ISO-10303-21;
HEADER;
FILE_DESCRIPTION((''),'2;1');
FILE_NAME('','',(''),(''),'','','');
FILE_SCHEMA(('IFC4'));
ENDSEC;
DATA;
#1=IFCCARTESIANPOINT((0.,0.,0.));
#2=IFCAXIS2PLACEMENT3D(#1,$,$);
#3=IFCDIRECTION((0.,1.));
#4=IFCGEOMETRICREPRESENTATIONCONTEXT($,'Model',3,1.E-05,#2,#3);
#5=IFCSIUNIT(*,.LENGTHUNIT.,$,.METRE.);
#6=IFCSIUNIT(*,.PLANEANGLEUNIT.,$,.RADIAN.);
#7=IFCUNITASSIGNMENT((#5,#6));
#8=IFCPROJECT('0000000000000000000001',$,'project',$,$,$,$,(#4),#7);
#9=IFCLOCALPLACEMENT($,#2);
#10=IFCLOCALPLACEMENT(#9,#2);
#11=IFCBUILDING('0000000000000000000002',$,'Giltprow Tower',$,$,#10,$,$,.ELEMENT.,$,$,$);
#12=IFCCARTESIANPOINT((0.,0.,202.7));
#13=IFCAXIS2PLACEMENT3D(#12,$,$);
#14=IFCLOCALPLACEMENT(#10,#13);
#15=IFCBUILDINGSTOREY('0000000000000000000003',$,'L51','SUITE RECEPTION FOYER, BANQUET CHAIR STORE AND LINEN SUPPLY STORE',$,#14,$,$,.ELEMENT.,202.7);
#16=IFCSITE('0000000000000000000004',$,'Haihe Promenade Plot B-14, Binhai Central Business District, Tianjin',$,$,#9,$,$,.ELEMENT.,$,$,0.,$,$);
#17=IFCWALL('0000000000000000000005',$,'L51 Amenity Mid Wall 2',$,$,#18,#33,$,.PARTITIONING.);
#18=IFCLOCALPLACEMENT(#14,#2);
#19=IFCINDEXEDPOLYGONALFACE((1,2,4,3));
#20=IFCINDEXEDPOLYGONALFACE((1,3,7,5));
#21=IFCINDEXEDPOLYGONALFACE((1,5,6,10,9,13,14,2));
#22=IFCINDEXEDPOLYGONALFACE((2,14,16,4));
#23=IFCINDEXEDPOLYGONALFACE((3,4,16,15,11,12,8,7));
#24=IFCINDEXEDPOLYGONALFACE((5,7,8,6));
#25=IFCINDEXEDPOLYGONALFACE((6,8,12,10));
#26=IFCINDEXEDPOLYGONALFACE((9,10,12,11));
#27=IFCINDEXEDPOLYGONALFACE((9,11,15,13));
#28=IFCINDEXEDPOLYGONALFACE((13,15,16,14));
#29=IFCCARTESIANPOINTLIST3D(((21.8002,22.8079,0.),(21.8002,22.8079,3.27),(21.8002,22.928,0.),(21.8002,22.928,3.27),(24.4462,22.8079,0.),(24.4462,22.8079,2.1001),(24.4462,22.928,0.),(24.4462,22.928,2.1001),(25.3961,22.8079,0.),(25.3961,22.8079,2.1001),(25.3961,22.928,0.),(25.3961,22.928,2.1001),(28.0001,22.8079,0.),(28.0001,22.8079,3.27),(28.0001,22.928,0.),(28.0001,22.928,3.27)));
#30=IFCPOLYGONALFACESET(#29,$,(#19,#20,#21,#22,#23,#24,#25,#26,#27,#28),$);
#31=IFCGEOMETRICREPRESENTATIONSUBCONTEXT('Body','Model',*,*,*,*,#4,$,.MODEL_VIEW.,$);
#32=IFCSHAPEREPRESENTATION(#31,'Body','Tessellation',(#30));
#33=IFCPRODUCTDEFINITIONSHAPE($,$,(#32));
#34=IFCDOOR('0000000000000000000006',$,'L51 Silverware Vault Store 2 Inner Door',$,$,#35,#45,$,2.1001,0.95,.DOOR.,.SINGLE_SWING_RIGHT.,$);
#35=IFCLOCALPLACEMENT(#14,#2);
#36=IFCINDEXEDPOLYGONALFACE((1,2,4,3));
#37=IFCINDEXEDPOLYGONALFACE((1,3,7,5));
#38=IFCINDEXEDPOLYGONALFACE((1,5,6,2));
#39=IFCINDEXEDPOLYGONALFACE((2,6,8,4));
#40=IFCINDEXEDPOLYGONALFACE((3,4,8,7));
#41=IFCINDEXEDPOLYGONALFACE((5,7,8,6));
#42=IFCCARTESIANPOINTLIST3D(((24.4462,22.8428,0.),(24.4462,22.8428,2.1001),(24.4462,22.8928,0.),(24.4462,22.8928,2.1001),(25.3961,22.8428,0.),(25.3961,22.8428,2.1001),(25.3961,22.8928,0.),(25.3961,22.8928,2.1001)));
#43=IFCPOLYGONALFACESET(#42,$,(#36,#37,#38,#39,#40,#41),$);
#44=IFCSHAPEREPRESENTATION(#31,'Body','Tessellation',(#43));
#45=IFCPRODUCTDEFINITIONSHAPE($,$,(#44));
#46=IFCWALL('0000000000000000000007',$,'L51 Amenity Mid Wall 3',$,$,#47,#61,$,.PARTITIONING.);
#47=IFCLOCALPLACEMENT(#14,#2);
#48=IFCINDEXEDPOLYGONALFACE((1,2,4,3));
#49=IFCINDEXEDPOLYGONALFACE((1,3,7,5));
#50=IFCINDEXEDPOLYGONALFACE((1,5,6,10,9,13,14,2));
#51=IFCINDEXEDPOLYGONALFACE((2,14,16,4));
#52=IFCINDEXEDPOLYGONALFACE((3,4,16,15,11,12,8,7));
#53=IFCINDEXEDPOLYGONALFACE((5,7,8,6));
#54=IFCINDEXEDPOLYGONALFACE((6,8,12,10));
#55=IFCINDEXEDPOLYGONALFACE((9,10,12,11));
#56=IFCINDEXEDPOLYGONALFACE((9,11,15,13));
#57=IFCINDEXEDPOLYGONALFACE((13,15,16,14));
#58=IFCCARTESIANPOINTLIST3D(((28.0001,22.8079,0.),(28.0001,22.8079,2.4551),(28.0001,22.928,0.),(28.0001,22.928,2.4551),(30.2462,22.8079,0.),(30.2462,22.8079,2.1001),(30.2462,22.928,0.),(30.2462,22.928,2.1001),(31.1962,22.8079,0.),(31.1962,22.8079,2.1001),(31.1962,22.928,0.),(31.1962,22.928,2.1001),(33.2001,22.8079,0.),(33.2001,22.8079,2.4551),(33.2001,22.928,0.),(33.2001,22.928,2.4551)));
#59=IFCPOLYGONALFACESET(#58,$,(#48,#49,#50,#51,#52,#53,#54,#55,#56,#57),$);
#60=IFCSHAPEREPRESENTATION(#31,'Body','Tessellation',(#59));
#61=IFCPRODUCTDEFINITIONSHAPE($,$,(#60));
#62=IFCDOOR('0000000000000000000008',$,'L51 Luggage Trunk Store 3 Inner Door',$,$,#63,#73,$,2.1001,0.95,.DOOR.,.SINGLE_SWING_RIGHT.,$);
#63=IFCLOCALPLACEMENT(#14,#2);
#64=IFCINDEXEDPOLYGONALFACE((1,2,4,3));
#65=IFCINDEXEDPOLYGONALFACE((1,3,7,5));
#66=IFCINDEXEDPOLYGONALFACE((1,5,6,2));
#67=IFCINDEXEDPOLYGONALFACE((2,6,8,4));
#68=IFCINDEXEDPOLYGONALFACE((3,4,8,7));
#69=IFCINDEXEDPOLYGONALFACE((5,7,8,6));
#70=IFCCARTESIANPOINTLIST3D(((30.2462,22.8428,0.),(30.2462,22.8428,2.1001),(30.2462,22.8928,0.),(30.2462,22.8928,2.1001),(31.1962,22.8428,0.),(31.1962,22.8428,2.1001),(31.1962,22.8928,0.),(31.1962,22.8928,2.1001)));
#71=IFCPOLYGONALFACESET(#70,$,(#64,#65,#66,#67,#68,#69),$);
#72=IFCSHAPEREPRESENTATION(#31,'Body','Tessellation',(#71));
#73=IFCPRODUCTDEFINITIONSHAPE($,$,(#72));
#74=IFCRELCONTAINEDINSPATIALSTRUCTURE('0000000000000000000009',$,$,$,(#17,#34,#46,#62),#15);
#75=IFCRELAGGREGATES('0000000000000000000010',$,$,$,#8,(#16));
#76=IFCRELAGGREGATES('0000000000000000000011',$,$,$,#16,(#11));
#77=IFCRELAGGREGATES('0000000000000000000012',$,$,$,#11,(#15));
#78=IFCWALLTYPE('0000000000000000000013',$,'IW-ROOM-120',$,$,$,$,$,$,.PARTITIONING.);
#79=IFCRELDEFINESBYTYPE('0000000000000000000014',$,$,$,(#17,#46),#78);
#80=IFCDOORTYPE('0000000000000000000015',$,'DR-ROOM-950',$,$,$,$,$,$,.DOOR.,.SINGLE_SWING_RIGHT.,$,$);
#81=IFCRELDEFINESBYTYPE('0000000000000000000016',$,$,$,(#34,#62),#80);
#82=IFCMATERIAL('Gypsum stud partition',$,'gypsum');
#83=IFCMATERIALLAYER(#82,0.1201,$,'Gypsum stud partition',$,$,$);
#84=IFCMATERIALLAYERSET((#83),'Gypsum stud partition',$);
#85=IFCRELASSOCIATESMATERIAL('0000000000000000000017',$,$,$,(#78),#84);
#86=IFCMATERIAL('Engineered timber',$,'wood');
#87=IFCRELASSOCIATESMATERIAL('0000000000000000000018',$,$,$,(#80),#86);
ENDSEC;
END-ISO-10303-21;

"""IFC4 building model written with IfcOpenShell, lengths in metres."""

from ifc_helpers import new_model, si_unit, direction, frame, frame_2d, origin, place, context, subcontext, project, spatial, rectangle, extrude, source, transform, mapped, material, layer, layer_set, type_object, element, fill, save


model = new_model("IFC4")

# Units and contexts
model_context = context("Model", 3, precision=1e-05, world=origin(), true_north=direction((0.0, 1.0)))
body_context = subcontext(model_context, "Body", "Model", "MODEL_VIEW")
ifc_project = project(units=[si_unit("LENGTHUNIT", "METRE"), si_unit("PLANEANGLEUNIT", "RADIAN")], contexts=[model_context])

# Site, building, storey
site_placement = place(None, origin())
site = spatial("IfcSite", under=ifc_project, at=site_placement, Name="Haihe Promenade Plot B-14, Binhai Central Business District, Tianjin", CompositionType="ELEMENT", RefElevation=0.0)
building_placement = place(site_placement, origin())
building = spatial("IfcBuilding", under=site, at=building_placement, Name="Giltprow Tower", CompositionType="ELEMENT")
storey_placement = place(building_placement, frame((0.0, 0.0, 202.7)))
storey = spatial("IfcBuildingStorey", under=building, at=storey_placement, Name="L51", Description="SUITE RECEPTION FOYER, BANQUET CHAIR STORE AND LINEN SUPPLY STORE", CompositionType="ELEMENT", Elevation=202.7)

# Shared definitions
ifc_material_1 = material(Name="Gypsum stud partition", Category="gypsum")

# Walls, openings, doors
ifc_layer_1 = layer(ifc_material_1, 0.1201, Name="Gypsum stud partition")
ifc_layer_set_1 = layer_set([ifc_layer_1], Name="Gypsum stud partition")
wall_type_1 = type_object("IfcWallType", Name="IW-ROOM-120", PredefinedType="PARTITIONING", material=ifc_layer_set_1)
wall_1_placement = place(storey_placement, frame((21.8, 22.8679, 0.0), z_axis=(0.0, 0.0, 1.0), x_axis=(1.0, 0.0, 0.0)))
wall_1 = element("IfcWall", 1, at=wall_1_placement, inside=storey, type_object=wall_type_1, Name="L51 Amenity Mid Wall 2", PredefinedType="PARTITIONING", context=body_context, shape_type="SweptSolid", body=[
    extrude(rectangle(XDim=6.2, YDim=0.1201, at=frame_2d((3.1001, 0.0))), origin(), (0.0, 0.0, 1.0), 3.27),
])
opening_1_placement = place(wall_1_placement, frame((2.646, 0.0, 0.0)))
opening_1 = element("IfcOpeningElement", 2, at=opening_1_placement, cuts=wall_1, PredefinedType="OPENING", context=body_context, shape_type="SweptSolid", body=[
    extrude(rectangle(XDim=0.95, YDim=2.1001, at=frame_2d((0.4751, 1.05))), frame((0.0, 0.0701, 0.0), z_axis=(0.0, -1.0, 0.0), x_axis=(1.0, 0.0, 0.0)), (0.0, 0.0, 1.0), 0.1401),
])
ifc_material_2 = material(Name="Engineered timber", Category="wood")
door_type_1 = type_object("IfcDoorType", Name="DR-ROOM-950", OperationType="SINGLE_SWING_RIGHT", PredefinedType="DOOR", material=ifc_material_2)
shared_shape_1 = source(origin(), body_context, "Body", "SweptSolid", [
    extrude(rectangle(XDim=0.95, YDim=2.1001, at=frame_2d((0.4751, 1.05))), frame((0.0, 0.0249, 0.0), z_axis=(0.0, -1.0, 0.0), x_axis=(1.0, 0.0, 0.0)), (0.0, 0.0, 1.0), 0.05),
])
door_1_placement = place(opening_1_placement, origin())
door_1 = element("IfcDoor", 3, at=door_1_placement, inside=storey, type_object=door_type_1, Name="L51 Silverware Vault Store 2 Inner Door", OperationType="SINGLE_SWING_RIGHT", OverallHeight=2.1001, OverallWidth=0.95, PredefinedType="DOOR", context=body_context, shape_type="MappedRepresentation", body=[
    mapped(shared_shape_1, transform((0.0, 0.0, 0.0), x_axis=(1.0, 0.0, 0.0), y_axis=(0.0, 1.0, 0.0), z_axis=(0.0, 0.0, 1.0), scale=1.0)),
])
fill(opening_1, door_1)
wall_2_placement = place(storey_placement, frame((28.0, 22.8679, 0.0), z_axis=(0.0, 0.0, 1.0), x_axis=(1.0, 0.0, 0.0)))
wall_2 = element("IfcWall", 4, at=wall_2_placement, inside=storey, type_object=wall_type_1, Name="L51 Amenity Mid Wall 3", PredefinedType="PARTITIONING", context=body_context, shape_type="SweptSolid", body=[
    extrude(rectangle(XDim=5.2, YDim=0.1201, at=frame_2d((2.6001, 0.0))), origin(), (0.0, 0.0, 1.0), 2.4551),
])
opening_2_placement = place(wall_2_placement, frame((2.2461, 0.0, 0.0)))
opening_2 = element("IfcOpeningElement", 5, at=opening_2_placement, cuts=wall_2, PredefinedType="OPENING", context=body_context, shape_type="SweptSolid", body=[
    extrude(rectangle(XDim=0.95, YDim=2.1001, at=frame_2d((0.4751, 1.05))), frame((0.0, 0.0701, 0.0), z_axis=(0.0, -1.0, 0.0), x_axis=(1.0, 0.0, 0.0)), (0.0, 0.0, 1.0), 0.1401),
])
door_2_placement = place(opening_2_placement, origin())
door_2 = element("IfcDoor", 6, at=door_2_placement, inside=storey, type_object=door_type_1, Name="L51 Luggage Trunk Store 3 Inner Door", OperationType="SINGLE_SWING_RIGHT", OverallHeight=2.1001, OverallWidth=0.95, PredefinedType="DOOR", context=body_context, shape_type="MappedRepresentation", body=[
    mapped(shared_shape_1, transform((0.0, 0.0, 0.0), x_axis=(1.0, 0.0, 0.0), y_axis=(0.0, 1.0, 0.0), z_axis=(0.0, 0.0, 1.0), scale=1.0)),
])
fill(opening_2, door_2)

save(model, "model.ifc")
